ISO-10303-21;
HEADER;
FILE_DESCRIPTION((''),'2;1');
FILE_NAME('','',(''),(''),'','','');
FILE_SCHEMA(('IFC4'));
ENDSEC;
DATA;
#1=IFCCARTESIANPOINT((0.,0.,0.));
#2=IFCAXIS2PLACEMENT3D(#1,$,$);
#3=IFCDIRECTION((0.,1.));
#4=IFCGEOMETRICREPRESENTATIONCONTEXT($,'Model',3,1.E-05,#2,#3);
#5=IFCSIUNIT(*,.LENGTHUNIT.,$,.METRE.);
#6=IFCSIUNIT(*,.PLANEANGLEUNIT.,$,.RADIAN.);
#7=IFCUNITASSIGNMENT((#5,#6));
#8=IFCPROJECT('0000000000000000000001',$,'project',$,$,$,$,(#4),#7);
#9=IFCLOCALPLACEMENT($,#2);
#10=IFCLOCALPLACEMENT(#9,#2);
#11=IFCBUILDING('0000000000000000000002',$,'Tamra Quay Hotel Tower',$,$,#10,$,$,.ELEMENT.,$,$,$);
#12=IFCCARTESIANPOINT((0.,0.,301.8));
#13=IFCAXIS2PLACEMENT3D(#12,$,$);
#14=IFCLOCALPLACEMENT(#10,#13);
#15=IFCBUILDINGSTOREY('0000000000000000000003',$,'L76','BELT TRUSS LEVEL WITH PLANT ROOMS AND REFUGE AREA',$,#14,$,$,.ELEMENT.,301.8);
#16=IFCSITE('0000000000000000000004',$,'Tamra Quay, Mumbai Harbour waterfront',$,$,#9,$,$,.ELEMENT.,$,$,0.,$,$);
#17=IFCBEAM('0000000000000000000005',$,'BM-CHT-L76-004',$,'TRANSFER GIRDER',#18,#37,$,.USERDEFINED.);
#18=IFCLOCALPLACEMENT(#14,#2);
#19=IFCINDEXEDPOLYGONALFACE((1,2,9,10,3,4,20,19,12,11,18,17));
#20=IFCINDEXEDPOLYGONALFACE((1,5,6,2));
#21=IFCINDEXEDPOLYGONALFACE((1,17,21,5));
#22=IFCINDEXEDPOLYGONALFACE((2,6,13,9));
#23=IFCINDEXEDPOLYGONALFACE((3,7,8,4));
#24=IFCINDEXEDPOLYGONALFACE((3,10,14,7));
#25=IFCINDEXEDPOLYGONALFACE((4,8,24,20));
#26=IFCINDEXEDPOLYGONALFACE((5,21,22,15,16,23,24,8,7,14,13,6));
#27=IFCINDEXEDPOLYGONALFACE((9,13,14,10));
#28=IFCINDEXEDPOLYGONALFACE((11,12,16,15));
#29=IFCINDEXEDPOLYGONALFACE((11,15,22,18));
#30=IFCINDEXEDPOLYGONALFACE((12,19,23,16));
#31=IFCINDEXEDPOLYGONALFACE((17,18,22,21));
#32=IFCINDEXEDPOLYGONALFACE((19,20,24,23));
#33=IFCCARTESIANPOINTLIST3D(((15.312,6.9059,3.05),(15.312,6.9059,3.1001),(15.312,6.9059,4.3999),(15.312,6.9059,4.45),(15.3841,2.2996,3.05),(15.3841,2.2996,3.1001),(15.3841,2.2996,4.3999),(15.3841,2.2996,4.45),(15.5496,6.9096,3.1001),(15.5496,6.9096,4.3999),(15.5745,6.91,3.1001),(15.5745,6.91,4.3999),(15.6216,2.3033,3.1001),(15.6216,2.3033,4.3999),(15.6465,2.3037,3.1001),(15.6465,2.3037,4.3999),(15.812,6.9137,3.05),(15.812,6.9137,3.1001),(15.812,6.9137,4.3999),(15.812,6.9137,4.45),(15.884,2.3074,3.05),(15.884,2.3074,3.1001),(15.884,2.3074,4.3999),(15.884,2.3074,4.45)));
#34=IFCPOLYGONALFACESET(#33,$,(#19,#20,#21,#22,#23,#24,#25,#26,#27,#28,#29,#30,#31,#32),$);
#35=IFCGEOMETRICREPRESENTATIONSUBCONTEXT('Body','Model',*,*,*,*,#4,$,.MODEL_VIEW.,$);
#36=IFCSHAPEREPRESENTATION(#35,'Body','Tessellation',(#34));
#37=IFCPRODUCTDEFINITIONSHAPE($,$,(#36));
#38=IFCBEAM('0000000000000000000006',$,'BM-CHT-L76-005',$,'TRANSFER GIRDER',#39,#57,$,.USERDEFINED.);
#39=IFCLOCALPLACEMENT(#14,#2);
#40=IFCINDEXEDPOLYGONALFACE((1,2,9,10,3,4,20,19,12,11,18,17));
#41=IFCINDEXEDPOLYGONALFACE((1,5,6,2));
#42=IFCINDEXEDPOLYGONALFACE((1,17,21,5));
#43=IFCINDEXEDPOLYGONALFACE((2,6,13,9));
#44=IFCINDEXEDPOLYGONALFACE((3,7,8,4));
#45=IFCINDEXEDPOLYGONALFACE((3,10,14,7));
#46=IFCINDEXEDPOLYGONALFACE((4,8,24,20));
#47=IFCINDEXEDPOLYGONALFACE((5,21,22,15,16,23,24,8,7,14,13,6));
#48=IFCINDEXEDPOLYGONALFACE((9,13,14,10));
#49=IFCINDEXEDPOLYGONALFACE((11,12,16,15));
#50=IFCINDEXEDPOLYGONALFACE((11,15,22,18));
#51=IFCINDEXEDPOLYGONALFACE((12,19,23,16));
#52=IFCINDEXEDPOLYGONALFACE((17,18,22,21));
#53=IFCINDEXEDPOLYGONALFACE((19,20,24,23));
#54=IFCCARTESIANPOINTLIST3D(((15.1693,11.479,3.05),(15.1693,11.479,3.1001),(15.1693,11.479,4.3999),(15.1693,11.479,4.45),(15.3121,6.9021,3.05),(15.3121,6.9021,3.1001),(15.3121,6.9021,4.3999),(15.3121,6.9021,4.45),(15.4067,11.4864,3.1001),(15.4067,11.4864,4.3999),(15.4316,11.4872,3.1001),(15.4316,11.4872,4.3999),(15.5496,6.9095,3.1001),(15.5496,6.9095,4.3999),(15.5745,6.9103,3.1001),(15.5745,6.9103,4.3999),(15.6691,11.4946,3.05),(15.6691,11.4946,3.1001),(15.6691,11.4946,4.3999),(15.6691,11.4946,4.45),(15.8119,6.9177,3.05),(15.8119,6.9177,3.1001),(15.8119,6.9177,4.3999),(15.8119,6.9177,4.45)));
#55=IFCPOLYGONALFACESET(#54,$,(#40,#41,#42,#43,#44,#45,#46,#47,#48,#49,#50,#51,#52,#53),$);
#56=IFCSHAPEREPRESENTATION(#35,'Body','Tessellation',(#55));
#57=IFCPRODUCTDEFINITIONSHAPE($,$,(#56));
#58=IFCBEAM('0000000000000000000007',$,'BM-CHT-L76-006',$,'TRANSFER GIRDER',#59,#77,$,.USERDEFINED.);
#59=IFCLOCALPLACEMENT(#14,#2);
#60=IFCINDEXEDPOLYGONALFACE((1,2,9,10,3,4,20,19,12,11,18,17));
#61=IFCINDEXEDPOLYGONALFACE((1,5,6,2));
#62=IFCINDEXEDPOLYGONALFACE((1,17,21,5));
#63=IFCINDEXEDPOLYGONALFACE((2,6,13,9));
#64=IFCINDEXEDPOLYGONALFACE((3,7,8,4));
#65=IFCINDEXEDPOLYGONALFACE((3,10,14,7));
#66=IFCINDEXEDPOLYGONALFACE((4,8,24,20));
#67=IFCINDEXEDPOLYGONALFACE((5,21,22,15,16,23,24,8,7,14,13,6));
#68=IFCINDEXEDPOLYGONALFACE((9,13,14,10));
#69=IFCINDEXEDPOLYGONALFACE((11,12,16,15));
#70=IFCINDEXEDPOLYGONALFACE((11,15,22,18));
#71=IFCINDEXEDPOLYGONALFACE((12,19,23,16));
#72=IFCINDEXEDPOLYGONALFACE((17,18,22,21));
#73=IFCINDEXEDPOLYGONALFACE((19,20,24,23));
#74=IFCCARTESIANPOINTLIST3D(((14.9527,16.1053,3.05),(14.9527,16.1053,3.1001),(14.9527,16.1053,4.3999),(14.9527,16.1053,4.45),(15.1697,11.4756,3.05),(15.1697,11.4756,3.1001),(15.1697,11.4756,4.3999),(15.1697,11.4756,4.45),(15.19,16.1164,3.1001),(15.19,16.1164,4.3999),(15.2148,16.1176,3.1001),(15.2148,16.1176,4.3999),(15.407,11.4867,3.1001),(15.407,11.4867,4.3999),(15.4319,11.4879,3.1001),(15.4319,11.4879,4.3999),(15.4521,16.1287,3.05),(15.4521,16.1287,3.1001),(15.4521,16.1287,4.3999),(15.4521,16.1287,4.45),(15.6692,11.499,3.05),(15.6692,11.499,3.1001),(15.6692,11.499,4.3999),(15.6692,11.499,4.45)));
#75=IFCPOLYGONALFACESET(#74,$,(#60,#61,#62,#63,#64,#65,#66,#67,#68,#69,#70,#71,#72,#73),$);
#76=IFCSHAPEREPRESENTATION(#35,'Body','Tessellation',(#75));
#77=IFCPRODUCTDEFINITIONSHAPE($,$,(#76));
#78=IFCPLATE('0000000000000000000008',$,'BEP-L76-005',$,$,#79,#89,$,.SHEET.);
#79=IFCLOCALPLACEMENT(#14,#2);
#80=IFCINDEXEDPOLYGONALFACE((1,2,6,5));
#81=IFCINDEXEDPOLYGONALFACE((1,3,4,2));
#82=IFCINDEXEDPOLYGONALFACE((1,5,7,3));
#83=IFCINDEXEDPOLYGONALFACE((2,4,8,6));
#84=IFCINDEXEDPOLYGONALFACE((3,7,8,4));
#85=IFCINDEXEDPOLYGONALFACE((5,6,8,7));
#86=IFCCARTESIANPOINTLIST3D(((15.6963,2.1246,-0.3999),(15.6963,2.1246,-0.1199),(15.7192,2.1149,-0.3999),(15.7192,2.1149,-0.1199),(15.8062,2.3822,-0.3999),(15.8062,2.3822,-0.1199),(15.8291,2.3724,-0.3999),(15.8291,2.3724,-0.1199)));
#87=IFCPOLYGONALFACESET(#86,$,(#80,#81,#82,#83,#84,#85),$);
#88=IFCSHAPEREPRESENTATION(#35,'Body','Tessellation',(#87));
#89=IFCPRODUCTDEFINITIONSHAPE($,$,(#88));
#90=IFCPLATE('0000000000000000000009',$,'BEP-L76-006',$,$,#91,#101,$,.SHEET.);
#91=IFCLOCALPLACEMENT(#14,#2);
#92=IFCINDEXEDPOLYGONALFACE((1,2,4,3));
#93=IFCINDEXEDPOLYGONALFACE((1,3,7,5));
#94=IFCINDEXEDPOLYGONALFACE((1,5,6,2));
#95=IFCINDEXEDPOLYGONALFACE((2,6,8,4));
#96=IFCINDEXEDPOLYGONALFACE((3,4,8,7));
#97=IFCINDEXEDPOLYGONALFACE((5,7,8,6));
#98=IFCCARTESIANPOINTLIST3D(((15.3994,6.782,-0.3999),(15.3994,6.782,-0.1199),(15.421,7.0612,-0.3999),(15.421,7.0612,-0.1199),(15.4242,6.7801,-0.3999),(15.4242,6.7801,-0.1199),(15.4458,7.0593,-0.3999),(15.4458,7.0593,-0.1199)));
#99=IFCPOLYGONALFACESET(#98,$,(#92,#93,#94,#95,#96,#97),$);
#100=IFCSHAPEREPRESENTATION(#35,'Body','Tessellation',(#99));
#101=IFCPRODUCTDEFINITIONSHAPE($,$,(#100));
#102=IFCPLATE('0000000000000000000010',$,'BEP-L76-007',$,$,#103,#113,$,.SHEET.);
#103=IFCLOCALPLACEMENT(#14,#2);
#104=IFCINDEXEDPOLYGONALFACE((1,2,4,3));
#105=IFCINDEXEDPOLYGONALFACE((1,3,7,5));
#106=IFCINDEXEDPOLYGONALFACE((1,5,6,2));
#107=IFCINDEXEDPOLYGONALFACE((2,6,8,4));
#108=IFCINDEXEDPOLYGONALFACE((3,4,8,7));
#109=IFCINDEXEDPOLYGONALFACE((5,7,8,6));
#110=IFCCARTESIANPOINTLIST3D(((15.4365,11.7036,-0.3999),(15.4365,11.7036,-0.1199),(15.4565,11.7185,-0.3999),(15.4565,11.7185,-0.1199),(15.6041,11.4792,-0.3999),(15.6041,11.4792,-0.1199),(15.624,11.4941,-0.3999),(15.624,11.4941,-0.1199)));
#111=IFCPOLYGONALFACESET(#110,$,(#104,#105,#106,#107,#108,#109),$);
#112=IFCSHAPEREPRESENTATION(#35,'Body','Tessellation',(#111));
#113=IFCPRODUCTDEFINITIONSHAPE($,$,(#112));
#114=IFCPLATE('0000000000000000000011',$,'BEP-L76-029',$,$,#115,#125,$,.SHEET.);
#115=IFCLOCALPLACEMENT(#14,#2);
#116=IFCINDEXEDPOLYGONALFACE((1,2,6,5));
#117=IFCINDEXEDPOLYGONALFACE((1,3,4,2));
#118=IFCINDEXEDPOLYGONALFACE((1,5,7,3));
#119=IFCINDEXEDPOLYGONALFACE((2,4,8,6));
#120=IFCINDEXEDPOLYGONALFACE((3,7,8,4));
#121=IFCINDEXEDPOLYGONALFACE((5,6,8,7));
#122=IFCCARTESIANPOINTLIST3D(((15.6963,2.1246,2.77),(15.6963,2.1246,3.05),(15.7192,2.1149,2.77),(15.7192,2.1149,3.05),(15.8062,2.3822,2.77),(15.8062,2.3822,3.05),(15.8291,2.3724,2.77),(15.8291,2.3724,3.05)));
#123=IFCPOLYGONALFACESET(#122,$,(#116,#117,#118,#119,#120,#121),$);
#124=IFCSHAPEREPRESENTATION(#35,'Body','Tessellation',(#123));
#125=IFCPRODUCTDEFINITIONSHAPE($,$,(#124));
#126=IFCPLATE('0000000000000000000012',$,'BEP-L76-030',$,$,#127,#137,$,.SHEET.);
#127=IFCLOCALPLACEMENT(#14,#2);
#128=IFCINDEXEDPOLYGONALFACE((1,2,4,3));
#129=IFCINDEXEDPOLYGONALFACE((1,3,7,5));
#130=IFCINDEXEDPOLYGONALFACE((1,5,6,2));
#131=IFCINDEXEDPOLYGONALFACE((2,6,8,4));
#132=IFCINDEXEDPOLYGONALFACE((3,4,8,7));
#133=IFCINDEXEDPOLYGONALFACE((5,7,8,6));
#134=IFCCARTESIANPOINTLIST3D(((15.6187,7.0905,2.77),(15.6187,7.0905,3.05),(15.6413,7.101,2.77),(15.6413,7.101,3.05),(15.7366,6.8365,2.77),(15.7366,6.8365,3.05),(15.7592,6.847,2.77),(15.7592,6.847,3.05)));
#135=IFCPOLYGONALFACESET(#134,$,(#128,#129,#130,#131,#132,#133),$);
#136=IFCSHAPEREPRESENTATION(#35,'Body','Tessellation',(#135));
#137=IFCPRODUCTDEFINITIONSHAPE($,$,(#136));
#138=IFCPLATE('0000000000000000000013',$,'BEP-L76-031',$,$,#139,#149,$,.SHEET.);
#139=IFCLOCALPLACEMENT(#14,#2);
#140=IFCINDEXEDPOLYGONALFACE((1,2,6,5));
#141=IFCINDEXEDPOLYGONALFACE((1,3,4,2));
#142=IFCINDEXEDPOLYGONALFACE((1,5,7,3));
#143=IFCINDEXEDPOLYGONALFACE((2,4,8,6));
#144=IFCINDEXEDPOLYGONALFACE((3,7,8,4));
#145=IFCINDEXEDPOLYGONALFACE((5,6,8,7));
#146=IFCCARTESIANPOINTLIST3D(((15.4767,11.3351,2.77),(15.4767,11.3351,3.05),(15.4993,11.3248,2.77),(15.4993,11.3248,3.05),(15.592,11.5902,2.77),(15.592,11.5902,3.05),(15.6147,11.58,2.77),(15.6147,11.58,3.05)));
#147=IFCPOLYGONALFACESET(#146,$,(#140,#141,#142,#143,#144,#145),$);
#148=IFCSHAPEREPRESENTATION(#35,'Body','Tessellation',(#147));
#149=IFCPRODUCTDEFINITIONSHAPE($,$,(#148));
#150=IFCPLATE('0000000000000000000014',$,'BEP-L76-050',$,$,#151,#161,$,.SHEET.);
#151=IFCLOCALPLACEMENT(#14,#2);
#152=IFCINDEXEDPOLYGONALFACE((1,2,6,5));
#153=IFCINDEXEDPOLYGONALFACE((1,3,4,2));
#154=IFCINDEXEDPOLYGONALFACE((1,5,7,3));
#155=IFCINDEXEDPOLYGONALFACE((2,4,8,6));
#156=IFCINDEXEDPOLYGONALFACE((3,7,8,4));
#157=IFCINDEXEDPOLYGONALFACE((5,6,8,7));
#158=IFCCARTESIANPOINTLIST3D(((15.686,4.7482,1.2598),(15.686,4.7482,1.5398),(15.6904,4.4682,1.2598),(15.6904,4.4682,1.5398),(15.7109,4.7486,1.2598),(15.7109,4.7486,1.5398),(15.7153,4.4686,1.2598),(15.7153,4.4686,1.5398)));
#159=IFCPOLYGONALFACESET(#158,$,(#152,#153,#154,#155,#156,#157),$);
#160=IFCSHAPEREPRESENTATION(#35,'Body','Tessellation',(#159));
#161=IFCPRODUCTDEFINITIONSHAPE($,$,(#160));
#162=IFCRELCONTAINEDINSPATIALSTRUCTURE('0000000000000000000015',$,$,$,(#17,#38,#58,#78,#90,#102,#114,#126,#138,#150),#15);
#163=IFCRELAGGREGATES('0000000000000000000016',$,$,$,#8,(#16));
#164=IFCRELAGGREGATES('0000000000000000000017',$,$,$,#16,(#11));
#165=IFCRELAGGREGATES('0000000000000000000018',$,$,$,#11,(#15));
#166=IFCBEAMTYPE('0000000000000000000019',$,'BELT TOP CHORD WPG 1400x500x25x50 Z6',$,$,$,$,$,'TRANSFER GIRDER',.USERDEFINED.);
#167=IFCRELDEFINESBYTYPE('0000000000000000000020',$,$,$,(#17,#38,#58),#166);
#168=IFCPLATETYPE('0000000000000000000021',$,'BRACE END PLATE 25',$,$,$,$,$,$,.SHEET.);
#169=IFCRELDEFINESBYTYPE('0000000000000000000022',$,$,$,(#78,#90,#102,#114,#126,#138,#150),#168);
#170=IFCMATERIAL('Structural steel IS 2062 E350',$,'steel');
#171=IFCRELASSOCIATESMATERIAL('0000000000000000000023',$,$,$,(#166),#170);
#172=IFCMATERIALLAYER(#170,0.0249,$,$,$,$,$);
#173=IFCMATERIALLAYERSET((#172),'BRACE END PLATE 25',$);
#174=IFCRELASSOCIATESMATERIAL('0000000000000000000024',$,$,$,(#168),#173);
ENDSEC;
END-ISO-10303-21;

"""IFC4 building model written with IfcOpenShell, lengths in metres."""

from ifc_helpers import new_model, si_unit, direction, frame, origin, origin_2d, place, context, subcontext, project, spatial, rectangle, i_section, extrude, material, layer, layer_set, material_profile, profile_set, type_object, element, save


model = new_model("IFC4")

# Units and contexts
model_context = context("Model", 3, precision=1e-05, world=origin(), true_north=direction((0.0, 1.0)))
body_context = subcontext(model_context, "Body", "Model", "MODEL_VIEW")
ifc_project = project(units=[si_unit("LENGTHUNIT", "METRE"), si_unit("PLANEANGLEUNIT", "RADIAN")], contexts=[model_context])

# Site, building, storey
site_placement = place(None, origin())
site = spatial("IfcSite", under=ifc_project, at=site_placement, Name="Tamra Quay, Mumbai Harbour waterfront", CompositionType="ELEMENT", RefElevation=0.0)
building_placement = place(site_placement, origin())
building = spatial("IfcBuilding", under=site, at=building_placement, Name="Tamra Quay Hotel Tower", CompositionType="ELEMENT")
storey_placement = place(building_placement, frame((0.0, 0.0, 301.8)))
storey = spatial("IfcBuildingStorey", under=building, at=storey_placement, Name="L76", Description="BELT TRUSS LEVEL WITH PLANT ROOMS AND REFUGE AREA", CompositionType="ELEMENT", Elevation=301.8)

# Shared definitions
ifc_material_1 = material(Name="Structural steel IS 2062 E350", Category="steel")

# Beams
ifc_material_profile_1 = material_profile(ifc_material_1, i_section(OverallWidth=0.5, OverallDepth=1.3999, WebThickness=0.0249, FlangeThickness=0.05, at=origin_2d()), Name="WPG 1400x500x25x50")
ifc_profile_set_1 = profile_set([ifc_material_profile_1], Name="Structural steel IS 2062 E350")
beam_type_1 = type_object("IfcBeamType", Name="BELT TOP CHORD WPG 1400x500x25x50 Z6", ElementType="TRANSFER GIRDER", PredefinedType="USERDEFINED", material=ifc_profile_set_1)
beam_1_placement = place(storey_placement, frame((15.634, 2.3035, 3.75), z_axis=(-0.015633, 0.999878, 0.0), x_axis=(-0.999878, -0.015633, 0.0)))
element("IfcBeam", 1, at=beam_1_placement, inside=storey, type_object=beam_type_1, Name="BM-CHT-L76-004", ObjectType="TRANSFER GIRDER", PredefinedType="USERDEFINED", context=body_context, shape_type="SweptSolid", body=[
    extrude(i_section(OverallWidth=0.5, OverallDepth=1.3999, WebThickness=0.0249, FlangeThickness=0.05, at=origin_2d()), origin(), (0.0, 0.0, 1.0), 4.6069),
])
beam_2_placement = place(storey_placement, frame((15.562, 6.9099, 3.75), z_axis=(-0.03119, 0.999513, 0.0), x_axis=(-0.999513, -0.03119, 0.0)))
element("IfcBeam", 2, at=beam_2_placement, inside=storey, type_object=beam_type_1, Name="BM-CHT-L76-005", ObjectType="TRANSFER GIRDER", PredefinedType="USERDEFINED", context=body_context, shape_type="SweptSolid", body=[
    extrude(i_section(OverallWidth=0.5, OverallDepth=1.3999, WebThickness=0.0249, FlangeThickness=0.05, at=origin_2d()), origin(), (0.0, 0.0, 1.0), 4.5791),
])
beam_3_placement = place(storey_placement, frame((15.4194, 11.4873, 3.75), z_axis=(-0.046829, 0.998903, 0.0), x_axis=(-0.998903, -0.046829, 0.0)))
element("IfcBeam", 3, at=beam_3_placement, inside=storey, type_object=beam_type_1, Name="BM-CHT-L76-006", ObjectType="TRANSFER GIRDER", PredefinedType="USERDEFINED", context=body_context, shape_type="SweptSolid", body=[
    extrude(i_section(OverallWidth=0.5, OverallDepth=1.3999, WebThickness=0.0249, FlangeThickness=0.05, at=origin_2d()), origin(), (0.0, 0.0, 1.0), 4.6348),
])

# Plates
ifc_layer = layer(ifc_material_1, 0.0249)
ifc_layer_set = layer_set([ifc_layer], Name="BRACE END PLATE 25")
plate_type = type_object("IfcPlateType", Name="BRACE END PLATE 25", PredefinedType="SHEET", material=ifc_layer_set)
for number, where, z_axis, x_axis, name in (
    (4, (15.7627, 2.2485, -0.3999), (0.0, 0.0, 1.0), (-0.919791, 0.392409, 0.0), "BEP-L76-005"),
    (5, (15.4226, 6.9207, -0.3999), (0.0, 0.0, 1.0), (-0.997007, 0.077309, 0.0), "BEP-L76-006"),
    (6, (15.5303, 11.5989, -0.3999), (0.0, 0.0, 1.0), (0.801207, 0.598388, 0.0), "BEP-L76-007"),
    (7, (15.7627, 2.2485, 2.77), (0.0, 0.0, 1.0), (-0.919791, 0.392409, 0.0), "BEP-L76-029"),
    (8, (15.689, 6.9688, 2.77), (0.0, 0.0, 1.0), (0.907077, 0.420965, 0.0), "BEP-L76-030"),
    (9, (15.5457, 11.4575, 2.77), (0.0, 0.0, 1.0), (-0.911286, 0.411774, 0.0), "BEP-L76-031"),
    (10, (15.7007, 4.6084, 1.2598), (0.0, 0.0, 1.0), (0.999878, 0.015629, 0.0), "BEP-L76-050"),
):
    element("IfcPlate", number, at=place(storey_placement, frame(where, z_axis=z_axis, x_axis=x_axis)), inside=storey, type_object=plate_type, Name=name, PredefinedType="SHEET", context=body_context, shape_type="SweptSolid", body=[
        extrude(rectangle(XDim=0.0249, YDim=0.28, at=origin_2d()), origin(), (0.0, 0.0, 1.0), 0.28),
    ])

save(model, "model.ifc")
